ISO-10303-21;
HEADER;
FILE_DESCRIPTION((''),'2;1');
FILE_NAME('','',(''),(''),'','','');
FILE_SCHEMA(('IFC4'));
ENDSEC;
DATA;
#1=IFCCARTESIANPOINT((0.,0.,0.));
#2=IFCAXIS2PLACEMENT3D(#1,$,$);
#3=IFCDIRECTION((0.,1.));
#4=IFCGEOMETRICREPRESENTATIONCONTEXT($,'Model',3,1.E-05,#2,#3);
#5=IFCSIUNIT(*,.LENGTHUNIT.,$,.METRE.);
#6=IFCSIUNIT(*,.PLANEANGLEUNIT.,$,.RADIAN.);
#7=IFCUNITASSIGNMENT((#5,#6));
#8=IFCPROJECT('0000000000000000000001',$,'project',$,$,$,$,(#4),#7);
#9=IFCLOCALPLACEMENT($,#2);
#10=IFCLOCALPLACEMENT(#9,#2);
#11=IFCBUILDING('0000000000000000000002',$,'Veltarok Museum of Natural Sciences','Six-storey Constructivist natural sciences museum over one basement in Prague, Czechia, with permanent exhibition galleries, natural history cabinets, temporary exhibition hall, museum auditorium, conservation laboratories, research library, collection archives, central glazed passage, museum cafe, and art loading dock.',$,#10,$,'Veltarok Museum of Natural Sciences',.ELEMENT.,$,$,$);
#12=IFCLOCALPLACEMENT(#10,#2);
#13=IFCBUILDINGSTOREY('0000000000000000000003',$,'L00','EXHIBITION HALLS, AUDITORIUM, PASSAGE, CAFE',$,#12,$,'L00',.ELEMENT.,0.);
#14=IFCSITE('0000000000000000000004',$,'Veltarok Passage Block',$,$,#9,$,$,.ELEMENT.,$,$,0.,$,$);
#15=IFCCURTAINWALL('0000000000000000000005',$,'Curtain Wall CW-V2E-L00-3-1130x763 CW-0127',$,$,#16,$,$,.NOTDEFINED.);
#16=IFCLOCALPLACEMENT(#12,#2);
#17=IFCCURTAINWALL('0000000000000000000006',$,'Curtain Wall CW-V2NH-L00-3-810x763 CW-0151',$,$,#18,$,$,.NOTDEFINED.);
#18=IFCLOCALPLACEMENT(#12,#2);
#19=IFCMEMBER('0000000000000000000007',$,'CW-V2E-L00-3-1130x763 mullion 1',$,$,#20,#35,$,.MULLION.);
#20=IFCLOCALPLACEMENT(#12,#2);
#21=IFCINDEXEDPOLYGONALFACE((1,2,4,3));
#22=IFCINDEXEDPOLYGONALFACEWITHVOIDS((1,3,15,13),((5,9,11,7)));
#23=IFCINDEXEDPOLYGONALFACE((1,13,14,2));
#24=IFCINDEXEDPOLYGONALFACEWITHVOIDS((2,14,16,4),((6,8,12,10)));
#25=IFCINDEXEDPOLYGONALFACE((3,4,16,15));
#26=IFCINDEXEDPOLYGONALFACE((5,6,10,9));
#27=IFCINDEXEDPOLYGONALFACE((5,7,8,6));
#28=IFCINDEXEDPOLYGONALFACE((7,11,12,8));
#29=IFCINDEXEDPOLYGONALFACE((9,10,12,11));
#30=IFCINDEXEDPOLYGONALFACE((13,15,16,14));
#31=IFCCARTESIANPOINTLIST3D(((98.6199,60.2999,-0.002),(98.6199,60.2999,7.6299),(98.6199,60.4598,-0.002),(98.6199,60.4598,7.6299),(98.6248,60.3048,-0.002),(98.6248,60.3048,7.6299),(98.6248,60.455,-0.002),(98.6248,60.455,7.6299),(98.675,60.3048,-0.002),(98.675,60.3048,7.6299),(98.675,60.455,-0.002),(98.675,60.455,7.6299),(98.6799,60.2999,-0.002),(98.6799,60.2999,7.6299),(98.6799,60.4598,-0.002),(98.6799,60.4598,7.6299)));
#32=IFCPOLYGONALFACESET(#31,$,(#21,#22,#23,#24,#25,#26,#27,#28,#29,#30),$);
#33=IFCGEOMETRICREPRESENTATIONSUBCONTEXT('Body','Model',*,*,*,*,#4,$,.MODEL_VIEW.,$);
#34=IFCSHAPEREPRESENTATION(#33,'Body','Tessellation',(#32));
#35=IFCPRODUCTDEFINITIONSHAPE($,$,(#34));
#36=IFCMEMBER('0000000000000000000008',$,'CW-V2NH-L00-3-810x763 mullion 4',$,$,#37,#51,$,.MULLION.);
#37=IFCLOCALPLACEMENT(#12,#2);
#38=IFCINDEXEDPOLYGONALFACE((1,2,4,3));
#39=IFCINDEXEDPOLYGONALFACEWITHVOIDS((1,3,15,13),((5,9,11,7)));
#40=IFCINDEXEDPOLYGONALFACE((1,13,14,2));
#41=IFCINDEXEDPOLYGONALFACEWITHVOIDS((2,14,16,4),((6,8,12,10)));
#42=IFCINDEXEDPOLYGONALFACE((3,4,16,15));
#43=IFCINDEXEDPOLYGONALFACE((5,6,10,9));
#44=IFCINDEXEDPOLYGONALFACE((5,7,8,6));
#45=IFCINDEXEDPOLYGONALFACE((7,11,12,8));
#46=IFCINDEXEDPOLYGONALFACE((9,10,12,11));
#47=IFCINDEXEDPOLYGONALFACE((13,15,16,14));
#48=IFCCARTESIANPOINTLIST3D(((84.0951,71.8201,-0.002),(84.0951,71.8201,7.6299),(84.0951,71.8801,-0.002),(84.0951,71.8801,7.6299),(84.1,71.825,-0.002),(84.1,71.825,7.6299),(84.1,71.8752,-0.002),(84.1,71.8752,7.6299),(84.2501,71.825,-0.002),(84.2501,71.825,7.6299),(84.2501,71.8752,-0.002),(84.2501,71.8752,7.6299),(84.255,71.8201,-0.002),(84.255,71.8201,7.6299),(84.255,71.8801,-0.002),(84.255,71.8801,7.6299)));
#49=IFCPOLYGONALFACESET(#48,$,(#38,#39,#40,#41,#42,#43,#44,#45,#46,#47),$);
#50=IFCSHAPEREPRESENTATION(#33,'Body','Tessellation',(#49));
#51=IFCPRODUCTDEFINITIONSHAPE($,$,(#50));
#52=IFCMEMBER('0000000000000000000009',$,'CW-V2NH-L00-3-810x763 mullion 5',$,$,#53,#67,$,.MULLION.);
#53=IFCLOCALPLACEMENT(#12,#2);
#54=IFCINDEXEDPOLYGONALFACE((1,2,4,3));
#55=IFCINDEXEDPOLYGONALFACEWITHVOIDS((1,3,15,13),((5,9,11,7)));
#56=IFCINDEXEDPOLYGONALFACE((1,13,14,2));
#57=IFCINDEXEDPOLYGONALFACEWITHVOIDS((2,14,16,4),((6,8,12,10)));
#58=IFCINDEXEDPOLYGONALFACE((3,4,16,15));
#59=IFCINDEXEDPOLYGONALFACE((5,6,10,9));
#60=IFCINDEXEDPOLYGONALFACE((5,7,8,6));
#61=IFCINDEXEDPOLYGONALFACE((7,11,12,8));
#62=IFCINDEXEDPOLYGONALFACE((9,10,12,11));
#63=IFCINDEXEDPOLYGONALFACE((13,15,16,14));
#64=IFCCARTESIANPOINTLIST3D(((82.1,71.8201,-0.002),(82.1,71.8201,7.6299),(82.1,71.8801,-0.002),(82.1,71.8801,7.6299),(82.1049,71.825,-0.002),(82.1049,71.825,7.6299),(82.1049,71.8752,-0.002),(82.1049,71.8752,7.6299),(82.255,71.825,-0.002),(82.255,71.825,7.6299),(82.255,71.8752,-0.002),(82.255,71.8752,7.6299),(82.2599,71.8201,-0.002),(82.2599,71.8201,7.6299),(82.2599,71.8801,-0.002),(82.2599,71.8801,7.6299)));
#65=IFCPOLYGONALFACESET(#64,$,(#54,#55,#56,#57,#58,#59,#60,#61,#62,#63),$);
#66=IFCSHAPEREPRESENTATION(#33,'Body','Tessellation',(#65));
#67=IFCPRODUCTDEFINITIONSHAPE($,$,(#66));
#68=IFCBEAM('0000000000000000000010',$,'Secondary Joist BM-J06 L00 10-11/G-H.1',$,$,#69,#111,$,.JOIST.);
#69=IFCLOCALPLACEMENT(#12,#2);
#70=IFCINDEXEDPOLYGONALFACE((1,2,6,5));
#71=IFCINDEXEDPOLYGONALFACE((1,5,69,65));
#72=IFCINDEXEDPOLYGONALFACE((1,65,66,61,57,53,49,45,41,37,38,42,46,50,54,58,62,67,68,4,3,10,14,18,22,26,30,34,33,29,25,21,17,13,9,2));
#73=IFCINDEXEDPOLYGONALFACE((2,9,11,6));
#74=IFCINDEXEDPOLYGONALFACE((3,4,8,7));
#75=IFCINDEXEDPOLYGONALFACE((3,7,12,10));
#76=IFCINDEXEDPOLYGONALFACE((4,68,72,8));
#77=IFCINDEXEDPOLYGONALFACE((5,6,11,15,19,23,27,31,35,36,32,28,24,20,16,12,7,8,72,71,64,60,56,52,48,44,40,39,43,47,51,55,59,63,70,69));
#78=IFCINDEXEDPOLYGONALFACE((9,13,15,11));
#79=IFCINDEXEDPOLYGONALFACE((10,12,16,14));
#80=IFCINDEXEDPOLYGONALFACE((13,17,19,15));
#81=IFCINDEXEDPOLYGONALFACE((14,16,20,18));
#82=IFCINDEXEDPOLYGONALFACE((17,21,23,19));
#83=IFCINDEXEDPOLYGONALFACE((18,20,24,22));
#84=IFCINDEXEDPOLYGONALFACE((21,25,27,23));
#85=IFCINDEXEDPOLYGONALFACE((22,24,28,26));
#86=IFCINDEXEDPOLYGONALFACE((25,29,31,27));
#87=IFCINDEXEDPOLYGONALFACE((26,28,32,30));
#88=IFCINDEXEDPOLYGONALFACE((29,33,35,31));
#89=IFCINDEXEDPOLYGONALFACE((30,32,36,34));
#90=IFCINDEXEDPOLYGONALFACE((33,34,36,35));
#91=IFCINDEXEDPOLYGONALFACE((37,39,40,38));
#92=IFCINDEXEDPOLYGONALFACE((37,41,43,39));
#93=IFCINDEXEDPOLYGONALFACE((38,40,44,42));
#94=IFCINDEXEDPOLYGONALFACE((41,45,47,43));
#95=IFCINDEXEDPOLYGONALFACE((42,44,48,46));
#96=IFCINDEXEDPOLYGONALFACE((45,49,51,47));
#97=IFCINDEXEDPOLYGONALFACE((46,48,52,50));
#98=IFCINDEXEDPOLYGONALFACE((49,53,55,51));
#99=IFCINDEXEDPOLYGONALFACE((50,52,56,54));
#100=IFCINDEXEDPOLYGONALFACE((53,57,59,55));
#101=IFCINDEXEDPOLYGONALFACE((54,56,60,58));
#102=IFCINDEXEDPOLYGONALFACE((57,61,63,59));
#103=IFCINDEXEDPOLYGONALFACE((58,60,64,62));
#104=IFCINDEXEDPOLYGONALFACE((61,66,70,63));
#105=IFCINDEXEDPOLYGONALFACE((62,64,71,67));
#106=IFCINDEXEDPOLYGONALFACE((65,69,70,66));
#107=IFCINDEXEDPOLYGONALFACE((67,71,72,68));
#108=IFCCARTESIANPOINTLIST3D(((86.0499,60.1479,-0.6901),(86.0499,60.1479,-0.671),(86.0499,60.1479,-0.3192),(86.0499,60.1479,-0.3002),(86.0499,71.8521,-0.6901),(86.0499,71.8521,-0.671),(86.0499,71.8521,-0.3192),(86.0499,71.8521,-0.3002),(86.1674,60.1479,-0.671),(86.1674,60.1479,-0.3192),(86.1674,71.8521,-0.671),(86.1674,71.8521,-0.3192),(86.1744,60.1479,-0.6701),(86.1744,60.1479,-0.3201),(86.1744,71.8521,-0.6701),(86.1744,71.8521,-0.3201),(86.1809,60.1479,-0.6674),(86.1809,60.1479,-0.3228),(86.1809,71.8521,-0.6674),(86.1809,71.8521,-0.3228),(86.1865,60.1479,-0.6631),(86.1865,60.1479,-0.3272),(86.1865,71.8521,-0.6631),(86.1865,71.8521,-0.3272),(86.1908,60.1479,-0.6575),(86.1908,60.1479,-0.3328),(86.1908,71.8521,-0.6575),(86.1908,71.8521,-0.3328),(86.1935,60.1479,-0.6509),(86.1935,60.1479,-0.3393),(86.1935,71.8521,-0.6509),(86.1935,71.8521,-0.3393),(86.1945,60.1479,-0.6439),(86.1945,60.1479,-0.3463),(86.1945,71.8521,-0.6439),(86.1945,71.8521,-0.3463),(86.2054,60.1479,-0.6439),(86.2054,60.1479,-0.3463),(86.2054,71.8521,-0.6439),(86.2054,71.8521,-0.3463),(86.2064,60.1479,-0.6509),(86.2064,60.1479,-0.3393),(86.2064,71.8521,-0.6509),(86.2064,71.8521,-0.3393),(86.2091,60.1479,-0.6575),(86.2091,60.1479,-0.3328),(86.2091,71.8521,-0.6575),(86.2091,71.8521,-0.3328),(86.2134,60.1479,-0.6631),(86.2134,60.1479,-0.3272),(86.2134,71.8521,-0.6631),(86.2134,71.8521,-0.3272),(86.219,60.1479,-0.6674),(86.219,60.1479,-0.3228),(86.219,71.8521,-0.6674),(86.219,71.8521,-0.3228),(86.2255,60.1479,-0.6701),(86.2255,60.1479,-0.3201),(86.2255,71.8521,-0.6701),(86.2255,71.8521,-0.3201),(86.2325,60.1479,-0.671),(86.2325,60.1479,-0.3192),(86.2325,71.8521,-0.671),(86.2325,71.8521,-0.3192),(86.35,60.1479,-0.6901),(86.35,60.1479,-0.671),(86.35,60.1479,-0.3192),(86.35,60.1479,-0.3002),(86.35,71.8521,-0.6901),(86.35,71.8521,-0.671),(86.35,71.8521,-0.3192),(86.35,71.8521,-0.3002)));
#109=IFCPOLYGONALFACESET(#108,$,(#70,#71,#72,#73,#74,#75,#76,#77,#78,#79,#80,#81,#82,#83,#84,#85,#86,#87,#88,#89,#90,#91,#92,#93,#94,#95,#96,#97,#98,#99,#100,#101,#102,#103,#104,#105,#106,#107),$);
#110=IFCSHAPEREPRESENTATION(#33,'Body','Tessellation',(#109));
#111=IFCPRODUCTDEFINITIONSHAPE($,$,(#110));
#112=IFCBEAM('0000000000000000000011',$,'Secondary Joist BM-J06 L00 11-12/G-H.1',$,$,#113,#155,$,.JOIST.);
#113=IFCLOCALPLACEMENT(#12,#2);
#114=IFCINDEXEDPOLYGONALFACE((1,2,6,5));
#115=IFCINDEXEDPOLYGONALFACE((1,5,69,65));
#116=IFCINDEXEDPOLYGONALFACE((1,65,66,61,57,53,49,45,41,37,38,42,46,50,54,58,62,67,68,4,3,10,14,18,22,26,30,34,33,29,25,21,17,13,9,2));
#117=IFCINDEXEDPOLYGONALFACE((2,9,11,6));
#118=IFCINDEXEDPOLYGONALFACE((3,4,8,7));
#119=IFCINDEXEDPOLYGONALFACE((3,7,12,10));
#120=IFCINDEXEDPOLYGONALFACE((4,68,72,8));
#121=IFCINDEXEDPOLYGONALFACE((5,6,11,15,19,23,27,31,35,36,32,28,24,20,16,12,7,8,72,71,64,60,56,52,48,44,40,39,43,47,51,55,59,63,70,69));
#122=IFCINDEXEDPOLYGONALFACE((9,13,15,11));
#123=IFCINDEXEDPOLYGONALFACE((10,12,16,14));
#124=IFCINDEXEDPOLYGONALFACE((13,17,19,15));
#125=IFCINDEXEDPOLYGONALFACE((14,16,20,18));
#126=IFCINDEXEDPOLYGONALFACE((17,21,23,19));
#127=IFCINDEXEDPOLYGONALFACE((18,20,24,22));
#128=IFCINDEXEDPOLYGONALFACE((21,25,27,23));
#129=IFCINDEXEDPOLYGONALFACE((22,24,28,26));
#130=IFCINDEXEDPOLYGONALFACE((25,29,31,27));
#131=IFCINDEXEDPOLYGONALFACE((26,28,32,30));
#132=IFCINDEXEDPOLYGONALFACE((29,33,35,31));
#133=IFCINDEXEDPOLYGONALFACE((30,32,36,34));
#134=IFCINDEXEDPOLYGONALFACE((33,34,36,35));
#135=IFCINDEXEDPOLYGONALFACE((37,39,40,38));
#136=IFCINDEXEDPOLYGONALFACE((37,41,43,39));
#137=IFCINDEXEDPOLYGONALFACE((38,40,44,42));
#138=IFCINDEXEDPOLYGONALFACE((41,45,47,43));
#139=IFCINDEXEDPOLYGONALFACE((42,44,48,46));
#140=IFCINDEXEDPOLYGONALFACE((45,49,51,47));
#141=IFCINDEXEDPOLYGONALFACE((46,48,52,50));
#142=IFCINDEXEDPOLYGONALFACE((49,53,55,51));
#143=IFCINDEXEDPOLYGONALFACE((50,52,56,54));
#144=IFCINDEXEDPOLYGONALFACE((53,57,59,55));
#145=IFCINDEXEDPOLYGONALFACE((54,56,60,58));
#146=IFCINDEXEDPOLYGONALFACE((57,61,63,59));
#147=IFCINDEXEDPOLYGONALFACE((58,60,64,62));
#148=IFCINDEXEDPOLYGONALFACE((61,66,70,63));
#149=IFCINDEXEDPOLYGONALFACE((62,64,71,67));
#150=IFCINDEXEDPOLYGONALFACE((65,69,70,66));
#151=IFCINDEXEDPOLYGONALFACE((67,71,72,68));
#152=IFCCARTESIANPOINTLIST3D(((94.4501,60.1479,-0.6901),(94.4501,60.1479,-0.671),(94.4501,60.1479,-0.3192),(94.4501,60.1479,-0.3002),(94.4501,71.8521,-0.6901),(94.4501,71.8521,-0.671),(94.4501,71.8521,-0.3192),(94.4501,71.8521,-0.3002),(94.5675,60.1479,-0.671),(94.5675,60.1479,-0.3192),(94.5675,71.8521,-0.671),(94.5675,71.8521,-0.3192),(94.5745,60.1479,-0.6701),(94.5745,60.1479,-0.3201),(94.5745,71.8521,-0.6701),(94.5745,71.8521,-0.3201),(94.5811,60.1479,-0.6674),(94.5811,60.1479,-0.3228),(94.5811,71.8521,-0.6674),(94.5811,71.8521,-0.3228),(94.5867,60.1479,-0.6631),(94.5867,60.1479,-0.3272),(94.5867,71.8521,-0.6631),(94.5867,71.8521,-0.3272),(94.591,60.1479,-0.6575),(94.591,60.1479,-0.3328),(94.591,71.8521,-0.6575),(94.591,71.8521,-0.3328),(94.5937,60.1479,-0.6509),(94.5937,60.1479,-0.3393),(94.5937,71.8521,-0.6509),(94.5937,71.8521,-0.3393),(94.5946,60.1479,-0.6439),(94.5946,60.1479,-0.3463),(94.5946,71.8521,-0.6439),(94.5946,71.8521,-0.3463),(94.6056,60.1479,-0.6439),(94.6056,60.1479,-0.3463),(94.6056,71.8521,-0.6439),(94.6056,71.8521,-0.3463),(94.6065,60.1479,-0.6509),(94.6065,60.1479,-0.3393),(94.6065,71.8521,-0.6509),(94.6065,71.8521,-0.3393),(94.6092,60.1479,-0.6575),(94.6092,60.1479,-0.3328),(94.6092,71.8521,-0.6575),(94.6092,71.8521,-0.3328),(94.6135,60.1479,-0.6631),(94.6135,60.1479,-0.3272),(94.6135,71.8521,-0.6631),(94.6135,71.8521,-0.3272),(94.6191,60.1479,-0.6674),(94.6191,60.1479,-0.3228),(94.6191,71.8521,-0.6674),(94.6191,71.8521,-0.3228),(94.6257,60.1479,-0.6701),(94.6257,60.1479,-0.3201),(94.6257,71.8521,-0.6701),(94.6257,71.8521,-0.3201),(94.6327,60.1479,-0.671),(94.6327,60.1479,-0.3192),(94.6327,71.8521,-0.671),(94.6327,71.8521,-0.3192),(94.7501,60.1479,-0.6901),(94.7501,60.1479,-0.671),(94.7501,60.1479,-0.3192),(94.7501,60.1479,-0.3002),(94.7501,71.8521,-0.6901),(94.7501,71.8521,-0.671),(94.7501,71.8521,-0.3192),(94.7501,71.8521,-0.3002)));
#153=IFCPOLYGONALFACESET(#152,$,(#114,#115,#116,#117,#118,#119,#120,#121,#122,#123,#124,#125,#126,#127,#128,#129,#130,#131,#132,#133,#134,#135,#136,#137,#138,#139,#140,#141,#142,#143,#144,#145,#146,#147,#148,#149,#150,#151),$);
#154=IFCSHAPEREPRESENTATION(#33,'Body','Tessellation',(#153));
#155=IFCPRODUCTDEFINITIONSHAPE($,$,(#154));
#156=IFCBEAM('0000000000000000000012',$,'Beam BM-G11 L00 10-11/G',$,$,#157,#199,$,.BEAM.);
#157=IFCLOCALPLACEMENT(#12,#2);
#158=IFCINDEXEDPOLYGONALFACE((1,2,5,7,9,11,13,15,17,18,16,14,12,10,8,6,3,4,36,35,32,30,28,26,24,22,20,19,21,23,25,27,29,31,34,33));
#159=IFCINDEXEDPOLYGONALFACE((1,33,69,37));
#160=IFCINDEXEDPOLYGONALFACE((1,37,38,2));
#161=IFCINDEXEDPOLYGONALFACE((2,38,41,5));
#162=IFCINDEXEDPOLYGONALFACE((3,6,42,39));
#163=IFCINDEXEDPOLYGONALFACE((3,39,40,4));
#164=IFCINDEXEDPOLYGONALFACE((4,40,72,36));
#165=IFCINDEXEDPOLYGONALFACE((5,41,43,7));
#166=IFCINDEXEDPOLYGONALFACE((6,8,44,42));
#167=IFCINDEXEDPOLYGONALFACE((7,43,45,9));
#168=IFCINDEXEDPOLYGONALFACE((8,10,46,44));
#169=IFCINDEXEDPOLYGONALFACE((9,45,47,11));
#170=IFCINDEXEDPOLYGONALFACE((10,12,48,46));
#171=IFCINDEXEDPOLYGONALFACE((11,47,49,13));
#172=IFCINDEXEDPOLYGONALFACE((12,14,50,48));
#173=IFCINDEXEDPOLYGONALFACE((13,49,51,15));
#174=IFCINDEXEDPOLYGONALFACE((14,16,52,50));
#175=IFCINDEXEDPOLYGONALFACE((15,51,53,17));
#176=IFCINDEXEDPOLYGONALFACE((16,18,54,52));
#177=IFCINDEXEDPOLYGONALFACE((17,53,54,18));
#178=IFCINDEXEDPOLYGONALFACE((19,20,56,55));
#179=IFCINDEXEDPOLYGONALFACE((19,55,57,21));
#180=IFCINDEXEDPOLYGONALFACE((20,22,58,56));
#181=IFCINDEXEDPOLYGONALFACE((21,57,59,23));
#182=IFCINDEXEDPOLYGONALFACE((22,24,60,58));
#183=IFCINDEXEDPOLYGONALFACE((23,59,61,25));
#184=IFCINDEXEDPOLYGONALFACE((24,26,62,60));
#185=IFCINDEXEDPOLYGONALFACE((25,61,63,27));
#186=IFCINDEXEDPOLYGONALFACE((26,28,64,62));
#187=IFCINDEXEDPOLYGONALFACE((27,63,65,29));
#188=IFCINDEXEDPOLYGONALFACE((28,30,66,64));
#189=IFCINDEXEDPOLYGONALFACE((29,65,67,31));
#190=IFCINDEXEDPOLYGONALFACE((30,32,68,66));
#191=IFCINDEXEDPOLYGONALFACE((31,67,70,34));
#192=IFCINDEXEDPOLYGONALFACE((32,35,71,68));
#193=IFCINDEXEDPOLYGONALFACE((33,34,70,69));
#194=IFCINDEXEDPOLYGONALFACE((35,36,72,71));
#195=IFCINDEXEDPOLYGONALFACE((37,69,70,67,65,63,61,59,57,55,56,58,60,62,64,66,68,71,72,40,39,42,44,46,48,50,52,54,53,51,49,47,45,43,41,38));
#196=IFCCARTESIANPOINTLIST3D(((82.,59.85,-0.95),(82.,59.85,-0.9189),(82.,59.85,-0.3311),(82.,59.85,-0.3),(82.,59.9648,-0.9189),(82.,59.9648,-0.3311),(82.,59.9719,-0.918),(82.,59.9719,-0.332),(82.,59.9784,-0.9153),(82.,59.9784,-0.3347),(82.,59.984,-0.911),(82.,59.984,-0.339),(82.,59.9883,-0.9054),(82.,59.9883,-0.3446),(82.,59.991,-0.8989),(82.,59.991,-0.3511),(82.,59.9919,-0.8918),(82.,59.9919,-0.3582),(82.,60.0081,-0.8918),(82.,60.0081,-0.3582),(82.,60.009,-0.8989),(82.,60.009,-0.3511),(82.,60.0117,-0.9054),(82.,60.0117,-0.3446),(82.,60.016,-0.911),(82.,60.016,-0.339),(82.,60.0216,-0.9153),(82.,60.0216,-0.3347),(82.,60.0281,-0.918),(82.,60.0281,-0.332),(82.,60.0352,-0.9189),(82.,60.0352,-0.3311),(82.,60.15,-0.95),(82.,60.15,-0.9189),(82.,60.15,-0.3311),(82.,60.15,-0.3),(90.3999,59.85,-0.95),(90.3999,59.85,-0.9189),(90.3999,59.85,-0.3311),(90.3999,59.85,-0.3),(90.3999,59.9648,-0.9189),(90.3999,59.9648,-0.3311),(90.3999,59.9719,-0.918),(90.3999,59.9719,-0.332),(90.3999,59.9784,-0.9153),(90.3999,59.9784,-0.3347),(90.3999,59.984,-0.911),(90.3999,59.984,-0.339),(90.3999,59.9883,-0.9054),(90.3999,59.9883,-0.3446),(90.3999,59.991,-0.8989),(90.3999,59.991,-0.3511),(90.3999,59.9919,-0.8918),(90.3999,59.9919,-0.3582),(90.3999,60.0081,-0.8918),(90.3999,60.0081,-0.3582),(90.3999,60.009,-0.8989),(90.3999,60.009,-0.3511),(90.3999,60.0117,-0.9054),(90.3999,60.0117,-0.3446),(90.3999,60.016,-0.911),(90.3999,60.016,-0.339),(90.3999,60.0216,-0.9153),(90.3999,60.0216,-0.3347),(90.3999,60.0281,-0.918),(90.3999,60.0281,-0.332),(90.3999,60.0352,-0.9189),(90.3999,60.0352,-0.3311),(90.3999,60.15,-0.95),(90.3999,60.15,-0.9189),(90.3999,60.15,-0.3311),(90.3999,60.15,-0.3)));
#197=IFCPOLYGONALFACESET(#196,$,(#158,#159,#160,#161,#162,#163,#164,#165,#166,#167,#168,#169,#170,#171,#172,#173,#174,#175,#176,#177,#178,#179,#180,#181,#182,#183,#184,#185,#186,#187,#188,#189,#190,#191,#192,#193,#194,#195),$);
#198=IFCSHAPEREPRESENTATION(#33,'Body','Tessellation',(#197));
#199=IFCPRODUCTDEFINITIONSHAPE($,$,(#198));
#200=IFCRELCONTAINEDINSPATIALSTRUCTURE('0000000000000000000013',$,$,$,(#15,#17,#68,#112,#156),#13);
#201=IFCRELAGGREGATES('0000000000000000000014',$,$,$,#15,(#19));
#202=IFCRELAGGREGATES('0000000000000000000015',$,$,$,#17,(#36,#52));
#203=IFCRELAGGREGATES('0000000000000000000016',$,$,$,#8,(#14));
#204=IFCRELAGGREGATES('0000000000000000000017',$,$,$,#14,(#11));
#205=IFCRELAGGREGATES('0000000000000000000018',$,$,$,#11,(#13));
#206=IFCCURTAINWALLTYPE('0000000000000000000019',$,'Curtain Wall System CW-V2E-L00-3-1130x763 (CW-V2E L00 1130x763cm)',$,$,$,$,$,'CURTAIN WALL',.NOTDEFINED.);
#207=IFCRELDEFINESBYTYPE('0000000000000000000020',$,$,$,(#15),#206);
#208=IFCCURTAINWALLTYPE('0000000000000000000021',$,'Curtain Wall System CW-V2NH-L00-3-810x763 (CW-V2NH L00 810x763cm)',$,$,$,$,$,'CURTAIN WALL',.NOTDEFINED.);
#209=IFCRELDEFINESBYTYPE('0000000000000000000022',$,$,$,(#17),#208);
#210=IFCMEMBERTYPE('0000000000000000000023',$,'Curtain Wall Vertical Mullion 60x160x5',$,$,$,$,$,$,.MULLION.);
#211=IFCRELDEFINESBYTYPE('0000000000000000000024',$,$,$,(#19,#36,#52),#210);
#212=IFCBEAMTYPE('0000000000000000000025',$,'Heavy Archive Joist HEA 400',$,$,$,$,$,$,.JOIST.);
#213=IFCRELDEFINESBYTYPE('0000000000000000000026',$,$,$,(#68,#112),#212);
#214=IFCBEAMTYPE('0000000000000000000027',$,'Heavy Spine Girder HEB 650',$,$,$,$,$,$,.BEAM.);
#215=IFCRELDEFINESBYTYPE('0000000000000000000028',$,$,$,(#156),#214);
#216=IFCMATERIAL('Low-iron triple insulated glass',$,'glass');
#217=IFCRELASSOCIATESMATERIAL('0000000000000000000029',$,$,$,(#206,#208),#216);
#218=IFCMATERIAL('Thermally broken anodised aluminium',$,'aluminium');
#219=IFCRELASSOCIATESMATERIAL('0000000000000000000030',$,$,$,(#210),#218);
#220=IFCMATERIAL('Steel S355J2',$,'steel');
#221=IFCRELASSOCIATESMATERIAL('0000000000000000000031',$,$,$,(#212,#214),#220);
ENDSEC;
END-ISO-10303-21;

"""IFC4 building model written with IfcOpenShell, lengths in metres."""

from ifc_helpers import new_model, si_unit, direction, frame, origin, origin_2d, place, context, subcontext, project, spatial, hollow_rectangle, i_section, extrude, material, material_profile, profile_set, type_object, element, aggregate, save


model = new_model("IFC4")

# Units and contexts
model_context = context("Model", 3, precision=1e-05, world=origin(), true_north=direction((0.0, 1.0)))
body_context = subcontext(model_context, "Body", "Model", "MODEL_VIEW")
ifc_project = project(units=[si_unit("LENGTHUNIT", "METRE"), si_unit("PLANEANGLEUNIT", "RADIAN")], contexts=[model_context])

# Site, building, storey
site_placement = place(None, origin())
site = spatial("IfcSite", under=ifc_project, at=site_placement, Name="Veltarok Passage Block", CompositionType="ELEMENT", RefElevation=0.0)
building_placement = place(site_placement, origin())
building = spatial("IfcBuilding", under=site, at=building_placement, Name="Veltarok Museum of Natural Sciences", Description="Six-storey Constructivist natural sciences museum over one basement in Prague, Czechia, with permanent exhibition galleries, natural history cabinets, temporary exhibition hall, museum auditorium, conservation laboratories, research library, collection archives, central glazed passage, museum cafe, and art loading dock.", LongName="Veltarok Museum of Natural Sciences", CompositionType="ELEMENT")
storey_placement = place(building_placement, origin())
storey = spatial("IfcBuildingStorey", under=building, at=storey_placement, Name="L00", Description="EXHIBITION HALLS, AUDITORIUM, PASSAGE, CAFE", LongName="L00", CompositionType="ELEMENT", Elevation=0.0)

# Shared definitions
ifc_material_1 = material(Name="Steel S355J2", Category="steel")

# Shared definitions
ifc_material_2 = material(Name="Low-iron triple insulated glass", Category="glass")
ifc_material_3 = material(Name="Thermally broken anodised aluminium", Category="aluminium")

# Curtain wall
curtain_wall_type_1 = type_object("IfcCurtainWallType", Name="Curtain Wall System CW-V2E-L00-3-1130x763 (CW-V2E L00 1130x763cm)", ElementType="CURTAIN WALL", PredefinedType="NOTDEFINED", material=ifc_material_2)
curtain_wall_1_placement = place(storey_placement, origin())
curtain_wall_1 = element("IfcCurtainWall", 1, at=curtain_wall_1_placement, inside=storey, type_object=curtain_wall_type_1, Name="Curtain Wall CW-V2E-L00-3-1130x763 CW-0127", PredefinedType="NOTDEFINED")

# Curtain wall
curtain_wall_type_2 = type_object("IfcCurtainWallType", Name="Curtain Wall System CW-V2NH-L00-3-810x763 (CW-V2NH L00 810x763cm)", ElementType="CURTAIN WALL", PredefinedType="NOTDEFINED", material=ifc_material_2)
curtain_wall_2_placement = place(storey_placement, origin())
curtain_wall_2 = element("IfcCurtainWall", 2, at=curtain_wall_2_placement, inside=storey, type_object=curtain_wall_type_2, Name="Curtain Wall CW-V2NH-L00-3-810x763 CW-0151", PredefinedType="NOTDEFINED")

# Members
ifc_material_profile_1 = material_profile(ifc_material_3, hollow_rectangle(XDim=0.0601, YDim=0.1599, WallThickness=0.0049, at=origin_2d()), Name="CW MULLION 60x160x5")
ifc_profile_set_1 = profile_set([ifc_material_profile_1], Name="Thermally broken anodised aluminium")
member_type_1 = type_object("IfcMemberType", Name="Curtain Wall Vertical Mullion 60x160x5", PredefinedType="MULLION", material=ifc_profile_set_1)
member_1_placement = place(storey_placement, frame((98.6499, 60.3799, -0.002), z_axis=(0.0, 0.0, 1.0), x_axis=(-1.0, 0.0, 0.0)))
member_1 = element("IfcMember", 3, at=member_1_placement, type_object=member_type_1, Name="CW-V2E-L00-3-1130x763 mullion 1", PredefinedType="MULLION", context=body_context, shape_type="SweptSolid", body=[
    extrude(hollow_rectangle(XDim=0.0601, YDim=0.1599, WallThickness=0.0049, at=origin_2d()), origin(), (0.0, 0.0, 1.0), 7.6318),
])
aggregate(curtain_wall_1, [member_1])
member_2_placement = place(storey_placement, frame((84.175, 71.8501, -0.002), z_axis=(0.0, 0.0, 1.0), x_axis=(0.0, -1.0, 0.0)))
member_2 = element("IfcMember", 4, at=member_2_placement, type_object=member_type_1, Name="CW-V2NH-L00-3-810x763 mullion 4", PredefinedType="MULLION", context=body_context, shape_type="SweptSolid", body=[
    extrude(hollow_rectangle(XDim=0.0601, YDim=0.1599, WallThickness=0.0049, at=origin_2d()), origin(), (0.0, 0.0, 1.0), 7.6318),
])
member_3_placement = place(storey_placement, frame((82.1799, 71.8501, -0.002), z_axis=(0.0, 0.0, 1.0), x_axis=(0.0, -1.0, 0.0)))
member_3 = element("IfcMember", 5, at=member_3_placement, type_object=member_type_1, Name="CW-V2NH-L00-3-810x763 mullion 5", PredefinedType="MULLION", context=body_context, shape_type="SweptSolid", body=[
    extrude(hollow_rectangle(XDim=0.0601, YDim=0.1599, WallThickness=0.0049, at=origin_2d()), origin(), (0.0, 0.0, 1.0), 7.6318),
])

# Beams
ifc_material_profile_2 = material_profile(ifc_material_1, i_section(OverallWidth=0.3, OverallDepth=0.3899, WebThickness=0.011, FlangeThickness=0.019, FilletRadius=0.0271, at=origin_2d()), Name="HEA 400")
ifc_profile_set_2 = profile_set([ifc_material_profile_2], Name="Steel S355J2")
beam_type_1 = type_object("IfcBeamType", Name="Heavy Archive Joist HEA 400", PredefinedType="JOIST", material=ifc_profile_set_2)
for number, where, z_axis, x_axis, name in (
    (6, (86.2, 60.1479, -0.4951), (0.0, 1.0, 0.0), (-1.0, 0.0, 0.0), "Secondary Joist BM-J06 L00 10-11/G-H.1"),
    (7, (94.6001, 60.1479, -0.4951), (0.0, 1.0, 0.0), (-1.0, 0.0, 0.0), "Secondary Joist BM-J06 L00 11-12/G-H.1"),
):
    element("IfcBeam", number, at=place(storey_placement, frame(where, z_axis=z_axis, x_axis=x_axis)), inside=storey, type_object=beam_type_1, Name=name, PredefinedType="JOIST", context=body_context, shape_type="SweptSolid", body=[
        extrude(i_section(OverallWidth=0.3, OverallDepth=0.3899, WebThickness=0.011, FlangeThickness=0.019, FilletRadius=0.0271, at=origin_2d()), origin(), (0.0, 0.0, 1.0), 11.7041),
    ])
ifc_material_profile_3 = material_profile(ifc_material_1, i_section(OverallWidth=0.3, OverallDepth=0.6499, WebThickness=0.0161, FlangeThickness=0.031, FilletRadius=0.0271, at=origin_2d()), Name="HEB 650")
ifc_profile_set_3 = profile_set([ifc_material_profile_3], Name="Steel S355J2")
beam_type_2 = type_object("IfcBeamType", Name="Heavy Spine Girder HEB 650", PredefinedType="BEAM", material=ifc_profile_set_3)
beam_1_placement = place(storey_placement, frame((82.0, 60.0, -0.625), z_axis=(1.0, 0.0, 0.0), x_axis=(0.0, 1.0, 0.0)))
element("IfcBeam", 8, at=beam_1_placement, inside=storey, type_object=beam_type_2, Name="Beam BM-G11 L00 10-11/G", PredefinedType="BEAM", context=body_context, shape_type="SweptSolid", body=[
    extrude(i_section(OverallWidth=0.3, OverallDepth=0.6499, WebThickness=0.0161, FlangeThickness=0.031, FilletRadius=0.0271, at=origin_2d()), origin(), (0.0, 0.0, 1.0), 8.3999),
])

aggregate(curtain_wall_2, [member_2, member_3])

save(model, "model.ifc")
